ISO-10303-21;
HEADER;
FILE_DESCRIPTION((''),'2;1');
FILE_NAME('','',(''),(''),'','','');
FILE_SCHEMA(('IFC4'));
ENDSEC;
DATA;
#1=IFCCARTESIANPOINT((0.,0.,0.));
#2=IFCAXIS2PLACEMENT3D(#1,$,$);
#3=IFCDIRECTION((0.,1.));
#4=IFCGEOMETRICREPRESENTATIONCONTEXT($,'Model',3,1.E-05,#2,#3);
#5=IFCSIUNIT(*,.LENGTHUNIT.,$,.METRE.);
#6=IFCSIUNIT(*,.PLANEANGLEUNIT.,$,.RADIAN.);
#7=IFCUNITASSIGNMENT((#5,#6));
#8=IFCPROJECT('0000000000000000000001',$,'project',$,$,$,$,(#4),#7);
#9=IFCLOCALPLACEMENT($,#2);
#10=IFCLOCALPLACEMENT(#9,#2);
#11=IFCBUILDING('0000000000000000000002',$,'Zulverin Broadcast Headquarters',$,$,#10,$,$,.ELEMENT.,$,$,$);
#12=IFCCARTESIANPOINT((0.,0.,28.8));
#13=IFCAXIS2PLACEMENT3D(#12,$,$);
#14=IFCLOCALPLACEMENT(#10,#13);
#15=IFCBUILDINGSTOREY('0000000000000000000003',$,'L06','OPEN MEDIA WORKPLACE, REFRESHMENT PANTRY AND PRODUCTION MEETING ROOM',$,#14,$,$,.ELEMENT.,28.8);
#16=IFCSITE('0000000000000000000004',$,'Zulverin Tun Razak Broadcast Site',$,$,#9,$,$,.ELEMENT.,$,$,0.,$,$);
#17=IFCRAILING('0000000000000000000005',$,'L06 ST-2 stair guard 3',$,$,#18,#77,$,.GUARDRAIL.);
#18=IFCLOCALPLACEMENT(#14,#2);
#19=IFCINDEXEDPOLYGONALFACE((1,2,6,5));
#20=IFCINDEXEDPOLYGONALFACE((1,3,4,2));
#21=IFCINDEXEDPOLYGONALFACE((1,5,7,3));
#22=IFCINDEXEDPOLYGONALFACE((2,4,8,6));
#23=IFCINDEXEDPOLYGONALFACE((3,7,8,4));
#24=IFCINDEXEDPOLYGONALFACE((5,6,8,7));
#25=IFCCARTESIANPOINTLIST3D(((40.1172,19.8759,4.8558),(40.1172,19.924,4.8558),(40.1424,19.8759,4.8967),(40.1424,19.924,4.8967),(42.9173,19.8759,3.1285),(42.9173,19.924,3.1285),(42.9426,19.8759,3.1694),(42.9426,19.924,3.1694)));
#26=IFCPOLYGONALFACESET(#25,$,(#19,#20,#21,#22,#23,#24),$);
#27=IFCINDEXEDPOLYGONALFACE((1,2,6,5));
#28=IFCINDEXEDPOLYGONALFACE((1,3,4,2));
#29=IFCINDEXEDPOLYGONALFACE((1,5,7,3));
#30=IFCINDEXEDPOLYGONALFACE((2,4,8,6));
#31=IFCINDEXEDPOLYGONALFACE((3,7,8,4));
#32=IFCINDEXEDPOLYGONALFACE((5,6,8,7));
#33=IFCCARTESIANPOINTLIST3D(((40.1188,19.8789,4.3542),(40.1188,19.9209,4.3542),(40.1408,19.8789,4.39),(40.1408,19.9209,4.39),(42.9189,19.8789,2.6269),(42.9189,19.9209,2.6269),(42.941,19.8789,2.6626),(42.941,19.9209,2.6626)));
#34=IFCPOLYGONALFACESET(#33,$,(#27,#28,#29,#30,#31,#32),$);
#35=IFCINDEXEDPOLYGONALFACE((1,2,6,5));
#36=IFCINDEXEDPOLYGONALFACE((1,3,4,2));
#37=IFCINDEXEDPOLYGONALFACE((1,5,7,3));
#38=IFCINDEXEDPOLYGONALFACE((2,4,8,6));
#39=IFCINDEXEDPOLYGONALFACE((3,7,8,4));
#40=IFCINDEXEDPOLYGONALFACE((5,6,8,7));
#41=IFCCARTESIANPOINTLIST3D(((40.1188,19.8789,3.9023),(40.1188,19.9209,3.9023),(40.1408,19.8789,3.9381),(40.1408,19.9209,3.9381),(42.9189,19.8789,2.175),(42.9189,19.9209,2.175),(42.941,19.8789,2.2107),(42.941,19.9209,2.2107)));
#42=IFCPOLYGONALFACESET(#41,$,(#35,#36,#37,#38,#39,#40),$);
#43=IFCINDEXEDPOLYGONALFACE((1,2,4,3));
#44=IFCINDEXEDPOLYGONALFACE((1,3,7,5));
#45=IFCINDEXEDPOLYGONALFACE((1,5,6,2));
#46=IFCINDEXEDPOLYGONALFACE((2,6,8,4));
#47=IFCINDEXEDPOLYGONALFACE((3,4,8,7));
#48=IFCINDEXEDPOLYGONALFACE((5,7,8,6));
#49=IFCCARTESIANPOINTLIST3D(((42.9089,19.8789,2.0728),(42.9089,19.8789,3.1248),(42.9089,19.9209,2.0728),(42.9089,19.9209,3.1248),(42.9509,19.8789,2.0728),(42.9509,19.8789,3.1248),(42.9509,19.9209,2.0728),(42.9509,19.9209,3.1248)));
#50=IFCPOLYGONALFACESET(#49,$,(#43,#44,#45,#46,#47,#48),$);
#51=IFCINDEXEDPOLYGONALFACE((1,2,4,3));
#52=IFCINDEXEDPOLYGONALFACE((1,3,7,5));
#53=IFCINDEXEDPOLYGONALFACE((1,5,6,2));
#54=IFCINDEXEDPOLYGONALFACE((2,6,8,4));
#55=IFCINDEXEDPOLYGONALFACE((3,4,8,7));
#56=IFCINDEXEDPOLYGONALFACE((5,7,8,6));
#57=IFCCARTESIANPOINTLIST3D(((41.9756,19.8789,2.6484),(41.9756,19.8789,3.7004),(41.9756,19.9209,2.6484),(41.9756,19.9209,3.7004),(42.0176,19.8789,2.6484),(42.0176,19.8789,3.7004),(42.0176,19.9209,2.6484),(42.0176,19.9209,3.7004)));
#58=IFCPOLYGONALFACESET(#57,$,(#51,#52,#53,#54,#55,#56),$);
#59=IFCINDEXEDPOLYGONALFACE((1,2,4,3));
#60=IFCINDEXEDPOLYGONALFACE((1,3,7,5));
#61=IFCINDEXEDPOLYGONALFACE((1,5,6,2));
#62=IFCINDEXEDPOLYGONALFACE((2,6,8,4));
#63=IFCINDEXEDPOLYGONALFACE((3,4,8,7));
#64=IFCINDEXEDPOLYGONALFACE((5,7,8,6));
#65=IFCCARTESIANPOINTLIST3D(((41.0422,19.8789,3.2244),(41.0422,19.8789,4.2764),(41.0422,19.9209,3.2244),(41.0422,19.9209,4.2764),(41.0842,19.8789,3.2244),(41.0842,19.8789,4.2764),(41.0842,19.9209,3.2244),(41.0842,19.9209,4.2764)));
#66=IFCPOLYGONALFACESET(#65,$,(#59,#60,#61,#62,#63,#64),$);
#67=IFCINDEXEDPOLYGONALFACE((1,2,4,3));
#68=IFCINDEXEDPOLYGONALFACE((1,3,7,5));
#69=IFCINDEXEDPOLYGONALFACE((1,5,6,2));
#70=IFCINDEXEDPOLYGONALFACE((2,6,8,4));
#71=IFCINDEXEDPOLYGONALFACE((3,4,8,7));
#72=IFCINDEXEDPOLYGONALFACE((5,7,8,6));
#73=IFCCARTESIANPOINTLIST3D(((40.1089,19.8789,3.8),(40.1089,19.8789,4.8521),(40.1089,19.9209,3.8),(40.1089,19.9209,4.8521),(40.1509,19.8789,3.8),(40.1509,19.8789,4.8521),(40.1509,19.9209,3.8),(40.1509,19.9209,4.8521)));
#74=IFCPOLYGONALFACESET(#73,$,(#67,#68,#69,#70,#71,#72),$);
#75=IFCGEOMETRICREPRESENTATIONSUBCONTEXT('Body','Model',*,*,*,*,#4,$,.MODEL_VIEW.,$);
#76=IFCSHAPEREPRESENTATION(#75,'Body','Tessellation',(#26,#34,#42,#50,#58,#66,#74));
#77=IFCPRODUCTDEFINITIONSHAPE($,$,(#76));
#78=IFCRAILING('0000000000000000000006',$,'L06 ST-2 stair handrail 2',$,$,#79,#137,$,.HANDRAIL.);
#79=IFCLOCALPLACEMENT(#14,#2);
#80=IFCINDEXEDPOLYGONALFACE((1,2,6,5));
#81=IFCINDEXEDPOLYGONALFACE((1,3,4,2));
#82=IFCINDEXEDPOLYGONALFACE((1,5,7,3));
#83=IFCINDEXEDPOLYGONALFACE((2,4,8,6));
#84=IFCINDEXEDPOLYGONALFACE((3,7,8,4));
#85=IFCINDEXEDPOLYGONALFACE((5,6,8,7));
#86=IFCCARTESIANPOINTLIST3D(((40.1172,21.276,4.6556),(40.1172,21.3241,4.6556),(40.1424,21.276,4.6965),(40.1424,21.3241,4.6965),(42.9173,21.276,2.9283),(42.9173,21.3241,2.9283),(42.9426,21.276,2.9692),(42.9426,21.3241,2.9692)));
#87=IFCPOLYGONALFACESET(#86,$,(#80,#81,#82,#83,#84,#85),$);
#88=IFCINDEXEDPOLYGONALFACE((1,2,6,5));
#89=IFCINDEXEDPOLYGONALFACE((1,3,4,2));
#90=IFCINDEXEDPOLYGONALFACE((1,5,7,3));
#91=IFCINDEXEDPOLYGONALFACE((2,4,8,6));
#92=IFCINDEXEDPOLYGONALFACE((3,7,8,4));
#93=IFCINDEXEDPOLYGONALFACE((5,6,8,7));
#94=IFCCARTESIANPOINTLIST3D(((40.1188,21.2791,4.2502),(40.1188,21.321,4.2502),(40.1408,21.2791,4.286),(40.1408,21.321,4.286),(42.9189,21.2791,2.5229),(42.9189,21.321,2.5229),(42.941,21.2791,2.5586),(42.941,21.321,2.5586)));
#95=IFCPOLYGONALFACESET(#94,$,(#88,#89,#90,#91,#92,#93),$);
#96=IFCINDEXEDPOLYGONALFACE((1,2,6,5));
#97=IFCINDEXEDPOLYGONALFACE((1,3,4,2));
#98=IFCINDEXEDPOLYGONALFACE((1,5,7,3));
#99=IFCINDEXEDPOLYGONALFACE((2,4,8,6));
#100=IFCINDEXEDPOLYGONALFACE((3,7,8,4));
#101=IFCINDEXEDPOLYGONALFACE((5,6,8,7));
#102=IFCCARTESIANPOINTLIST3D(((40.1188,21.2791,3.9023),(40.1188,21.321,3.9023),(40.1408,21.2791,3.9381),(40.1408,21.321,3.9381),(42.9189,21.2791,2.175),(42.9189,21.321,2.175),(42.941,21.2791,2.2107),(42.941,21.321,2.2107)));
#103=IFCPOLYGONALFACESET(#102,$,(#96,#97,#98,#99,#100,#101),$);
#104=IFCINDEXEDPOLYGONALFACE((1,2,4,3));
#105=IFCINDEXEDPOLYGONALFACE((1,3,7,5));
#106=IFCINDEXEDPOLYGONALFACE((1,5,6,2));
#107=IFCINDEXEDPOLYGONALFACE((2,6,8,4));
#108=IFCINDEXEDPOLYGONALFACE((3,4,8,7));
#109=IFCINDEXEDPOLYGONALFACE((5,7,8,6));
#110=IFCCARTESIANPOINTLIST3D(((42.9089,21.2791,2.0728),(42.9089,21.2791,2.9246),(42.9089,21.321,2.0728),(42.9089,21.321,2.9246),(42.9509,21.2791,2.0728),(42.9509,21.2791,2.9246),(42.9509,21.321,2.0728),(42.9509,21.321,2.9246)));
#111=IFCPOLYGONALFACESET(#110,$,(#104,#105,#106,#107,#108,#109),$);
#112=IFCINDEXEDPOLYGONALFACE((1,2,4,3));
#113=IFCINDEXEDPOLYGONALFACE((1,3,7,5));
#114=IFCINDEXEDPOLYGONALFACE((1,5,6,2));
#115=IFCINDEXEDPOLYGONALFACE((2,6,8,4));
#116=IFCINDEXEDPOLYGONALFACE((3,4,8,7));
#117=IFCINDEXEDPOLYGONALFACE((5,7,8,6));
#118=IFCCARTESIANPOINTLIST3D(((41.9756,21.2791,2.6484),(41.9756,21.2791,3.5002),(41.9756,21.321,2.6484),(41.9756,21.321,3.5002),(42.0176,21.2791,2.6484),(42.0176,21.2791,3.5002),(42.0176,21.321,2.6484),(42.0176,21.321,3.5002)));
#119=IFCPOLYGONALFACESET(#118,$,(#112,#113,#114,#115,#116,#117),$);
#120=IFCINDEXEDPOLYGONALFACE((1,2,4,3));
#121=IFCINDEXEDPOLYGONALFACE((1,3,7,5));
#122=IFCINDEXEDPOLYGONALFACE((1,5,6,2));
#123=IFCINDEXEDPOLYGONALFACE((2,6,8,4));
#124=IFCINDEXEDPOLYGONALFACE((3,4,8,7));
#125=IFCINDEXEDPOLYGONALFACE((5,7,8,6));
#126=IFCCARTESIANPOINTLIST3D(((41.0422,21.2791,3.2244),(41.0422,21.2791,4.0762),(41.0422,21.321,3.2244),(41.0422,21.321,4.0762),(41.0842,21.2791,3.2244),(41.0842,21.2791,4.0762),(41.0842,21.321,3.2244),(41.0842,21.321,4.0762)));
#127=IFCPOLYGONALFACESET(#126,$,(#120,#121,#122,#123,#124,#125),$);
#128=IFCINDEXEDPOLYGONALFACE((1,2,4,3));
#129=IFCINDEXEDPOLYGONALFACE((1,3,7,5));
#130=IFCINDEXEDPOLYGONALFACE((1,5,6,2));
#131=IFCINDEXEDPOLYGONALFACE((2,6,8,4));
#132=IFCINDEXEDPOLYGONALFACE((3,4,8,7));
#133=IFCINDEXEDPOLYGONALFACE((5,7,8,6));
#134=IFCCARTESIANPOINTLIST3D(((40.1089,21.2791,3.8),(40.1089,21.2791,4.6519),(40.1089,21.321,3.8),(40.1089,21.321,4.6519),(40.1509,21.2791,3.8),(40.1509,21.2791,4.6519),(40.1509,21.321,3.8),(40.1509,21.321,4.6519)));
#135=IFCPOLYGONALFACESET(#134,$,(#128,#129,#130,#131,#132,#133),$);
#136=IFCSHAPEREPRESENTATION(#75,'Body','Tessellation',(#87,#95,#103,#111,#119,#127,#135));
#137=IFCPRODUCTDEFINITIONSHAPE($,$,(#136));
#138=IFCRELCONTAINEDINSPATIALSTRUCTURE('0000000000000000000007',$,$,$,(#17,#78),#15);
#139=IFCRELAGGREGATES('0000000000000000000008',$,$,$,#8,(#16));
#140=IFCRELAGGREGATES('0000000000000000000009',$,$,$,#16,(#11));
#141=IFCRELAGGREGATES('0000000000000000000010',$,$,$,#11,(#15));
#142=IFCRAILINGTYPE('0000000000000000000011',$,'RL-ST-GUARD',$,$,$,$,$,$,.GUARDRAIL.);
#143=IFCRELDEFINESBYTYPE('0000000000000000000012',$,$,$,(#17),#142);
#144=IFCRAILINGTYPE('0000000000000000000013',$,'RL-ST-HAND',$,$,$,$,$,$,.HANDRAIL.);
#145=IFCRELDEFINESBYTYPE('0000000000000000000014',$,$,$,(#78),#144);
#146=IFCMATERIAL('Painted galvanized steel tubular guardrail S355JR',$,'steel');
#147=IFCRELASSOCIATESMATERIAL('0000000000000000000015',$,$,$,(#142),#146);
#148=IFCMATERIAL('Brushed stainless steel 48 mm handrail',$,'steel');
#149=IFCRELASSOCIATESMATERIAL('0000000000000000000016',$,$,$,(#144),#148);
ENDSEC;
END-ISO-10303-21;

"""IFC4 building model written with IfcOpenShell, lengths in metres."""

from ifc_helpers import new_model, si_unit, direction, frame, origin, origin_2d, place, context, subcontext, project, spatial, rectangle, extrude, material, type_object, element, save


model = new_model("IFC4")

# Units and contexts
model_context = context("Model", 3, precision=1e-05, world=origin(), true_north=direction((0.0, 1.0)))
body_context = subcontext(model_context, "Body", "Model", "MODEL_VIEW")
ifc_project = project(units=[si_unit("LENGTHUNIT", "METRE"), si_unit("PLANEANGLEUNIT", "RADIAN")], contexts=[model_context])

# Site, building, storey
site_placement = place(None, origin())
site = spatial("IfcSite", under=ifc_project, at=site_placement, Name="Zulverin Tun Razak Broadcast Site", CompositionType="ELEMENT", RefElevation=0.0)
building_placement = place(site_placement, origin())
building = spatial("IfcBuilding", under=site, at=building_placement, Name="Zulverin Broadcast Headquarters", CompositionType="ELEMENT")
storey_placement = place(building_placement, frame((0.0, 0.0, 28.8)))
storey = spatial("IfcBuildingStorey", under=building, at=storey_placement, Name="L06", Description="OPEN MEDIA WORKPLACE, REFRESHMENT PANTRY AND PRODUCTION MEETING ROOM", CompositionType="ELEMENT", Elevation=28.8)

# Railings
ifc_material_1 = material(Name="Painted galvanized steel tubular guardrail S355JR", Category="steel")
railing_type_1 = type_object("IfcRailingType", Name="RL-ST-GUARD", PredefinedType="GUARDRAIL", material=ifc_material_1)
railing_1_placement = place(storey_placement, frame((42.9299, 19.8999, 2.0728)))
element("IfcRailing", 1, at=railing_1_placement, inside=storey, type_object=railing_type_1, Name="L06 ST-2 stair guard 3", PredefinedType="GUARDRAIL", context=body_context, shape_type="SweptSolid", body=[
    extrude(rectangle(XDim=0.0481, YDim=0.0481, at=origin_2d()), frame((0.0, 0.0, 1.0762), z_axis=(-0.85109, 0.0, 0.52502), x_axis=(0.0, -1.0, 0.0)), (0.0, 0.0, 1.0), 3.29),
    extrude(rectangle(XDim=0.042, YDim=0.042, at=origin_2d()), frame((0.0, 0.0, 0.572), z_axis=(-0.85109, 0.0, 0.52502), x_axis=(0.0, -1.0, 0.0)), (0.0, 0.0, 1.0), 3.29),
    extrude(rectangle(XDim=0.042, YDim=0.042, at=origin_2d()), frame((0.0, 0.0, 0.1201), z_axis=(-0.85109, 0.0, 0.52502), x_axis=(0.0, -1.0, 0.0)), (0.0, 0.0, 1.0), 3.29),
    extrude(rectangle(XDim=0.042, YDim=0.042, at=origin_2d()), origin(), (0.0, 0.0, 1.0), 1.052),
    extrude(rectangle(XDim=0.042, YDim=0.042, at=origin_2d()), frame((-0.9333, 0.0, 0.5757)), (0.0, 0.0, 1.0), 1.052),
    extrude(rectangle(XDim=0.042, YDim=0.042, at=origin_2d()), frame((-1.8667, 0.0, 1.1516)), (0.0, 0.0, 1.0), 1.052),
    extrude(rectangle(XDim=0.042, YDim=0.042, at=origin_2d()), frame((-2.8, 0.0, 1.7273)), (0.0, 0.0, 1.0), 1.052),
])
ifc_material_2 = material(Name="Brushed stainless steel 48 mm handrail", Category="steel")
railing_type_2 = type_object("IfcRailingType", Name="RL-ST-HAND", PredefinedType="HANDRAIL", material=ifc_material_2)
railing_2_placement = place(storey_placement, frame((42.9299, 21.3, 2.0728)))
element("IfcRailing", 2, at=railing_2_placement, inside=storey, type_object=railing_type_2, Name="L06 ST-2 stair handrail 2", PredefinedType="HANDRAIL", context=body_context, shape_type="SweptSolid", body=[
    extrude(rectangle(XDim=0.0481, YDim=0.0481, at=origin_2d()), frame((0.0, 0.0, 0.876), z_axis=(-0.85109, 0.0, 0.52502), x_axis=(0.0, -1.0, 0.0)), (0.0, 0.0, 1.0), 3.29),
    extrude(rectangle(XDim=0.042, YDim=0.042, at=origin_2d()), frame((0.0, 0.0, 0.468), z_axis=(-0.85109, 0.0, 0.52502), x_axis=(0.0, -1.0, 0.0)), (0.0, 0.0, 1.0), 3.29),
    extrude(rectangle(XDim=0.042, YDim=0.042, at=origin_2d()), frame((0.0, 0.0, 0.1201), z_axis=(-0.85109, 0.0, 0.52502), x_axis=(0.0, -1.0, 0.0)), (0.0, 0.0, 1.0), 3.29),
    extrude(rectangle(XDim=0.042, YDim=0.042, at=origin_2d()), origin(), (0.0, 0.0, 1.0), 0.8518),
    extrude(rectangle(XDim=0.042, YDim=0.042, at=origin_2d()), frame((-0.9333, 0.0, 0.5757)), (0.0, 0.0, 1.0), 0.8518),
    extrude(rectangle(XDim=0.042, YDim=0.042, at=origin_2d()), frame((-1.8667, 0.0, 1.1516)), (0.0, 0.0, 1.0), 0.8518),
    extrude(rectangle(XDim=0.042, YDim=0.042, at=origin_2d()), frame((-2.8, 0.0, 1.7273)), (0.0, 0.0, 1.0), 0.8518),
])

save(model, "model.ifc")
